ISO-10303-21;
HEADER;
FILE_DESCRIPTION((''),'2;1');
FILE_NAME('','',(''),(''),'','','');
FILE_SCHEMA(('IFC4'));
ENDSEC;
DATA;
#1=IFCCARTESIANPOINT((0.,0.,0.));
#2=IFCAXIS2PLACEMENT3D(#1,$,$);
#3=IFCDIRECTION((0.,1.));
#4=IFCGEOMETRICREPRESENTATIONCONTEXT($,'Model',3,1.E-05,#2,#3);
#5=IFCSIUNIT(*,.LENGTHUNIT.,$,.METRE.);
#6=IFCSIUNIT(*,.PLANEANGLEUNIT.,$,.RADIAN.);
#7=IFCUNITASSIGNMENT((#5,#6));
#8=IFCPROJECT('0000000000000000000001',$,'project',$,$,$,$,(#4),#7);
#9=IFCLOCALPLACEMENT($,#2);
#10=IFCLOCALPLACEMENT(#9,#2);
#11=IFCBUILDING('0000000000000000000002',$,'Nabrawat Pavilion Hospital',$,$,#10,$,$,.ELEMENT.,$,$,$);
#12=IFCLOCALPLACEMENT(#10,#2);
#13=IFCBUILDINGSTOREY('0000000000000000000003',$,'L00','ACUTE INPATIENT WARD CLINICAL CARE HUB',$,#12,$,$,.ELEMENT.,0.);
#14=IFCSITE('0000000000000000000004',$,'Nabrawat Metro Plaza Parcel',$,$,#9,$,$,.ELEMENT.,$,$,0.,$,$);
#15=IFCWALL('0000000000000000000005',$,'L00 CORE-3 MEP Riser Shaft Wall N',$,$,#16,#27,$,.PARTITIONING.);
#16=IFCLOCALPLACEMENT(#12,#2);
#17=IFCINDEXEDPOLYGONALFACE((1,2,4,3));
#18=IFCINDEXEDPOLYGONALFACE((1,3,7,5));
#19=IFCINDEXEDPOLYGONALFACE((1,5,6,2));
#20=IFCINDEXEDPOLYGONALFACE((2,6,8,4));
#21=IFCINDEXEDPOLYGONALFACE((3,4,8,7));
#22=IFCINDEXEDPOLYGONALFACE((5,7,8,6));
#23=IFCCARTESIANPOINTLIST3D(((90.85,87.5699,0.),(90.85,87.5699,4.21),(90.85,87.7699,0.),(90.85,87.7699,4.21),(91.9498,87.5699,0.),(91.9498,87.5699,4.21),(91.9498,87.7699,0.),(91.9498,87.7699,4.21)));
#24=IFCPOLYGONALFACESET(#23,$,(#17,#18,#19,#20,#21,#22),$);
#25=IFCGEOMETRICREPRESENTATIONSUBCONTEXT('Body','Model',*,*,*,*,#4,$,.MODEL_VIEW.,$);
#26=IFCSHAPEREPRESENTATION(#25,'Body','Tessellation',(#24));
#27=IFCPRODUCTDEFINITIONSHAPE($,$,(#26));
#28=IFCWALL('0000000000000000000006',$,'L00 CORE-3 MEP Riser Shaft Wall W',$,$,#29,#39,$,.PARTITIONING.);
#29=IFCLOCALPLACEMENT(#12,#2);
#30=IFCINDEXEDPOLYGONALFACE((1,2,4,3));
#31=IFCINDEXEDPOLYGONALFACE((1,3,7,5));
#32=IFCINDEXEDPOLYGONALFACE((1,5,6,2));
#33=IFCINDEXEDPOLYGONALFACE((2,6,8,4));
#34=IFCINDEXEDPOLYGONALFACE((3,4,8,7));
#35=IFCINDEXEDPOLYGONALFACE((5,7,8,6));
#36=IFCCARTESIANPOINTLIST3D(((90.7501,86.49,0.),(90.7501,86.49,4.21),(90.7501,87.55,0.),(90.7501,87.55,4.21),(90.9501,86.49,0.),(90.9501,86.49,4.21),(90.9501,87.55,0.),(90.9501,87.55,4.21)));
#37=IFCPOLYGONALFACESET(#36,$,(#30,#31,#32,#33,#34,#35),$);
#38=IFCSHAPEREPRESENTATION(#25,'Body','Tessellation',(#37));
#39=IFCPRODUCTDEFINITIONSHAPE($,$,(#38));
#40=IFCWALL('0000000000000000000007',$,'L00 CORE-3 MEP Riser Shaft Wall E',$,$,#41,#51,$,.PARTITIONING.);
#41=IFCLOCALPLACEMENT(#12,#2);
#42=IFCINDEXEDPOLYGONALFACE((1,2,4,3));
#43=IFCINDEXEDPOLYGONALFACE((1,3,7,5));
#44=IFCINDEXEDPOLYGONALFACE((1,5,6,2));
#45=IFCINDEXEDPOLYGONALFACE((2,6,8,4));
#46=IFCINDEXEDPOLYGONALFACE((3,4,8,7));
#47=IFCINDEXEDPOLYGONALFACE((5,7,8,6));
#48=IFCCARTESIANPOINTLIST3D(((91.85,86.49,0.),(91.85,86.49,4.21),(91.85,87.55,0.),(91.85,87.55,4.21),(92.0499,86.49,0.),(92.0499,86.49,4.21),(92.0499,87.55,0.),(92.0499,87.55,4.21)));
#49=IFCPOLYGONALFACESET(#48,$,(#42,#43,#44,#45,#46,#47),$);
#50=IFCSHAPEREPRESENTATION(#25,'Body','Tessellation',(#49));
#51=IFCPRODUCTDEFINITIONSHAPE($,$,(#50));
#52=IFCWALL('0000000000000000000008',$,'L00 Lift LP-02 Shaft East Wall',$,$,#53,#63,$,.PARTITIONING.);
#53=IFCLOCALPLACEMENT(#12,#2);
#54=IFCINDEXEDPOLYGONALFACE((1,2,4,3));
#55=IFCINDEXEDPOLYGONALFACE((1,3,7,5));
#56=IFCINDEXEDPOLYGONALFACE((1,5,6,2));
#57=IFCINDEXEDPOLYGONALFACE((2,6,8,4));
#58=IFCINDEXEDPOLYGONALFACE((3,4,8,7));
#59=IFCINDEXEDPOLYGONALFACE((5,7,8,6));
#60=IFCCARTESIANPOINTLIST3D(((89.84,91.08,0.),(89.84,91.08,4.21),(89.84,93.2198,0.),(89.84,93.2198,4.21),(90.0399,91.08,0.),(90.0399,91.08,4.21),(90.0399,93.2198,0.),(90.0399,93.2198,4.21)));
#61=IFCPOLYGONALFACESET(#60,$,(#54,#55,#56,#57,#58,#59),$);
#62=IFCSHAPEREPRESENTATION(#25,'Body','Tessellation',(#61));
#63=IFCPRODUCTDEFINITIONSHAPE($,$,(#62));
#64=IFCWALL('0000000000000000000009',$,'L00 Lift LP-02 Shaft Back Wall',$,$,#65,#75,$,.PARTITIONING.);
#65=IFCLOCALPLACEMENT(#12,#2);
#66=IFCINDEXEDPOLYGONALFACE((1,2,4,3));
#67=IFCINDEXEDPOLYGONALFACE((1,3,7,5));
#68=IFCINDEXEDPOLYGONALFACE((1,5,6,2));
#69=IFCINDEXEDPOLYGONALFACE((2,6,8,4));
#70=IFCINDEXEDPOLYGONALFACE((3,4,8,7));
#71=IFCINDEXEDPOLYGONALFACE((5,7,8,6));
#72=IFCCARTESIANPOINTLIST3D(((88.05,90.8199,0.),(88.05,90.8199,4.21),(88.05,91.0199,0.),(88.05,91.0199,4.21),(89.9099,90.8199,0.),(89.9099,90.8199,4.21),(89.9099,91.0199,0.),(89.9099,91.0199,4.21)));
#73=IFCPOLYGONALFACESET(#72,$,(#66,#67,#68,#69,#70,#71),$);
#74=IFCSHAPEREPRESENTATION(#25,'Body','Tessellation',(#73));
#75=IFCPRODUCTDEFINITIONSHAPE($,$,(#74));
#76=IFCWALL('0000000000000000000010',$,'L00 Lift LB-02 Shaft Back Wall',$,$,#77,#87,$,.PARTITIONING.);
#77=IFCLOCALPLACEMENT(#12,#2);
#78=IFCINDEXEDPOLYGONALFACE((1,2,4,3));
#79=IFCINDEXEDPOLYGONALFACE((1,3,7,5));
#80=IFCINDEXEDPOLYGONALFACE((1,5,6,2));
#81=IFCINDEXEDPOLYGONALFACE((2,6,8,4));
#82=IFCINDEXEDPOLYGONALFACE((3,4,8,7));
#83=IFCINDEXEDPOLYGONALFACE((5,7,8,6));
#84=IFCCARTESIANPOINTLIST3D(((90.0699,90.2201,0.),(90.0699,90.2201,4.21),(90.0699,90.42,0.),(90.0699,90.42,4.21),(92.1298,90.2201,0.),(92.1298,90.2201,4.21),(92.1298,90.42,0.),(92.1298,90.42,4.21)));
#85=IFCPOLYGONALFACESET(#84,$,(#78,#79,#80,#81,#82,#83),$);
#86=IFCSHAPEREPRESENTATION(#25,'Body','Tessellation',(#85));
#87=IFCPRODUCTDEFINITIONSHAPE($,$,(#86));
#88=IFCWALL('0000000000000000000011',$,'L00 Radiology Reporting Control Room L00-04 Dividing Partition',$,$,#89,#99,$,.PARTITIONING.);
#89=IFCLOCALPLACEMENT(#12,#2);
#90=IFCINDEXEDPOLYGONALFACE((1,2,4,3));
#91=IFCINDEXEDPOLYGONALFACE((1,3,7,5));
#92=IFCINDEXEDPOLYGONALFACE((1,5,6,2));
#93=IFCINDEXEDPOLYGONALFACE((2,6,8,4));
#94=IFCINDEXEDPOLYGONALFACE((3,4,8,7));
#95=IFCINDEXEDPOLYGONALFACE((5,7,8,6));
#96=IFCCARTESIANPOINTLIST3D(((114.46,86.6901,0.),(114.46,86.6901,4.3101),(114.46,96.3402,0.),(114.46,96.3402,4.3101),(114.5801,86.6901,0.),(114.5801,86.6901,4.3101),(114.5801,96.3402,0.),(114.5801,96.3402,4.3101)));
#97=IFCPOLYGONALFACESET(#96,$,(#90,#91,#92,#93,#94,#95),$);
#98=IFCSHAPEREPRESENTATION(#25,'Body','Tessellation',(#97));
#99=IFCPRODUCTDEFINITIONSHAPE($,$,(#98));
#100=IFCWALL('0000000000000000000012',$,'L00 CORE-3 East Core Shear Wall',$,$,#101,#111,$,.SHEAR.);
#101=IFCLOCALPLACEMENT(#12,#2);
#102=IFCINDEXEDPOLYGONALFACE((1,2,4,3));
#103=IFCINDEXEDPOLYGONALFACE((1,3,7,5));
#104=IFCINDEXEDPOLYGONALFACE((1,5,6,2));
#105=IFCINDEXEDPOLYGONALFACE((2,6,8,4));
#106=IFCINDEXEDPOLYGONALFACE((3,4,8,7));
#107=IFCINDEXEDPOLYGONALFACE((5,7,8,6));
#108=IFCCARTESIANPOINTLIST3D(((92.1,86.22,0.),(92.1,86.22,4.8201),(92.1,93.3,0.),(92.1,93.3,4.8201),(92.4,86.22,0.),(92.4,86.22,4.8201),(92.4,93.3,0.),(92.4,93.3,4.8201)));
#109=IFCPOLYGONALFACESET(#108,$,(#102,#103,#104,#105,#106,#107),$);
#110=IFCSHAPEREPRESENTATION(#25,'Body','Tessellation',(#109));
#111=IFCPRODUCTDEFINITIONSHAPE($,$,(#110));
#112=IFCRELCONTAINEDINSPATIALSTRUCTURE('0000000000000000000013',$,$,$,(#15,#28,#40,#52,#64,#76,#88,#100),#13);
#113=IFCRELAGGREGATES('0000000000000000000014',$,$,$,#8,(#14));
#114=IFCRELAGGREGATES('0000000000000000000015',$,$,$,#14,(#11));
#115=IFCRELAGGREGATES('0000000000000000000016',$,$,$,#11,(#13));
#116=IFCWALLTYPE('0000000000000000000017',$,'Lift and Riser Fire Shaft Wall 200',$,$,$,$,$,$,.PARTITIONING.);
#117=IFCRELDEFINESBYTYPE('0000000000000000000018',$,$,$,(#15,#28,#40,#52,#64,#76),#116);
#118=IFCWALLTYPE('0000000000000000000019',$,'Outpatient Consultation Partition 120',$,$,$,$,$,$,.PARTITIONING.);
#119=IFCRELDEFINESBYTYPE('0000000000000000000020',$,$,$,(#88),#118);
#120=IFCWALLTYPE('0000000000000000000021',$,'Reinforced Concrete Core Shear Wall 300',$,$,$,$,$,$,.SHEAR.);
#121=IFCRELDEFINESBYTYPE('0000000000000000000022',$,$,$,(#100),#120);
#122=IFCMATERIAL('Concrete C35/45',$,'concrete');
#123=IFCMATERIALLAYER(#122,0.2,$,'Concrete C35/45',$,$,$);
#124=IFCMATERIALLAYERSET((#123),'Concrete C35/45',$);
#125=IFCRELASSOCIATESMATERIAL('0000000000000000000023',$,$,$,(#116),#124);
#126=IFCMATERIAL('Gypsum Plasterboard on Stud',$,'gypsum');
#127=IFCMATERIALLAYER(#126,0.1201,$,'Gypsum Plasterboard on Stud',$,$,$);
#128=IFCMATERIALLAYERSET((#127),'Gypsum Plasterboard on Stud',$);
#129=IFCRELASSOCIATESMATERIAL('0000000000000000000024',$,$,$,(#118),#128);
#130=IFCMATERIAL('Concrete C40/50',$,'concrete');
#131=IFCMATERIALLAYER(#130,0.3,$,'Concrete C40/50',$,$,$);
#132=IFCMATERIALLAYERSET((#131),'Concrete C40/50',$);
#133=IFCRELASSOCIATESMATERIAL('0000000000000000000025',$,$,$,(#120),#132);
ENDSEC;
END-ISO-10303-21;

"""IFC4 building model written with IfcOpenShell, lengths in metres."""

from ifc_helpers import new_model, si_unit, direction, frame, frame_2d, origin, place, context, subcontext, project, spatial, rectangle, extrude, material, layer, layer_set, type_object, element, save


model = new_model("IFC4")

# Units and contexts
model_context = context("Model", 3, precision=1e-05, world=origin(), true_north=direction((0.0, 1.0)))
body_context = subcontext(model_context, "Body", "Model", "MODEL_VIEW")
ifc_project = project(units=[si_unit("LENGTHUNIT", "METRE"), si_unit("PLANEANGLEUNIT", "RADIAN")], contexts=[model_context])

# Site, building, storey
site_placement = place(None, origin())
site = spatial("IfcSite", under=ifc_project, at=site_placement, Name="Nabrawat Metro Plaza Parcel", CompositionType="ELEMENT", RefElevation=0.0)
building_placement = place(site_placement, origin())
building = spatial("IfcBuilding", under=site, at=building_placement, Name="Nabrawat Pavilion Hospital", CompositionType="ELEMENT")
storey_placement = place(building_placement, origin())
storey = spatial("IfcBuildingStorey", under=building, at=storey_placement, Name="L00", Description="ACUTE INPATIENT WARD CLINICAL CARE HUB", CompositionType="ELEMENT", Elevation=0.0)

# Walls
ifc_material_1 = material(Name="Concrete C35/45", Category="concrete")
ifc_layer_1 = layer(ifc_material_1, 0.2, Name="Concrete C35/45")
ifc_layer_set_1 = layer_set([ifc_layer_1], Name="Concrete C35/45")
wall_type_1 = type_object("IfcWallType", Name="Lift and Riser Fire Shaft Wall 200", PredefinedType="PARTITIONING", material=ifc_layer_set_1)
for number, where, z_axis, x_axis, name in (
    (1, (90.8501, 87.6699, 0.0), (0.0, 0.0, 1.0), (1.0, 0.0, 0.0), "L00 CORE-3 MEP Riser Shaft Wall N"),
):
    element("IfcWall", number, at=place(storey_placement, frame(where, z_axis=z_axis, x_axis=x_axis)), inside=storey, type_object=wall_type_1, Name=name, PredefinedType="PARTITIONING", context=body_context, shape_type="SweptSolid", body=[
        extrude(rectangle(XDim=1.0999, YDim=0.2, at=frame_2d((0.5498, 0.0))), origin(), (0.0, 0.0, 1.0), 4.21),
    ])
for number, where, z_axis, x_axis, name in (
    (2, (90.8501, 86.49, 0.0), (0.0, 0.0, 1.0), (0.0, 1.0, 0.0), "L00 CORE-3 MEP Riser Shaft Wall W"),
    (3, (91.95, 86.49, 0.0), (0.0, 0.0, 1.0), (0.0, 1.0, 0.0), "L00 CORE-3 MEP Riser Shaft Wall E"),
):
    element("IfcWall", number, at=place(storey_placement, frame(where, z_axis=z_axis, x_axis=x_axis)), inside=storey, type_object=wall_type_1, Name=name, PredefinedType="PARTITIONING", context=body_context, shape_type="SweptSolid", body=[
        extrude(rectangle(XDim=1.0601, YDim=0.2, at=frame_2d((0.53, 0.0))), origin(), (0.0, 0.0, 1.0), 4.21),
    ])
wall_1_placement = place(storey_placement, frame((89.9399, 91.0801, 0.0), z_axis=(0.0, 0.0, 1.0), x_axis=(0.0, 1.0, 0.0)))
element("IfcWall", 4, at=wall_1_placement, inside=storey, type_object=wall_type_1, Name="L00 Lift LP-02 Shaft East Wall", PredefinedType="PARTITIONING", context=body_context, shape_type="SweptSolid", body=[
    extrude(rectangle(XDim=2.1399, YDim=0.2, at=frame_2d((1.0698, 0.0))), origin(), (0.0, 0.0, 1.0), 4.21),
])
wall_2_placement = place(storey_placement, frame((88.05, 90.9199, 0.0), z_axis=(0.0, 0.0, 1.0), x_axis=(1.0, 0.0, 0.0)))
element("IfcWall", 5, at=wall_2_placement, inside=storey, type_object=wall_type_1, Name="L00 Lift LP-02 Shaft Back Wall", PredefinedType="PARTITIONING", context=body_context, shape_type="SweptSolid", body=[
    extrude(rectangle(XDim=1.8599, YDim=0.2, at=frame_2d((0.9299, 0.0))), origin(), (0.0, 0.0, 1.0), 4.21),
])
wall_3_placement = place(storey_placement, frame((90.0701, 90.3201, 0.0), z_axis=(0.0, 0.0, 1.0), x_axis=(1.0, 0.0, 0.0)))
element("IfcWall", 6, at=wall_3_placement, inside=storey, type_object=wall_type_1, Name="L00 Lift LB-02 Shaft Back Wall", PredefinedType="PARTITIONING", context=body_context, shape_type="SweptSolid", body=[
    extrude(rectangle(XDim=2.0598, YDim=0.2, at=frame_2d((1.0298, 0.0))), origin(), (0.0, 0.0, 1.0), 4.21),
])
ifc_material_2 = material(Name="Gypsum Plasterboard on Stud", Category="gypsum")
ifc_layer_2 = layer(ifc_material_2, 0.1201, Name="Gypsum Plasterboard on Stud")
ifc_layer_set_2 = layer_set([ifc_layer_2], Name="Gypsum Plasterboard on Stud")
wall_type_2 = type_object("IfcWallType", Name="Outpatient Consultation Partition 120", PredefinedType="PARTITIONING", material=ifc_layer_set_2)
wall_4_placement = place(storey_placement, frame((114.52, 86.6899, 0.0), z_axis=(0.0, 0.0, 1.0), x_axis=(0.0, 1.0, 0.0)))
element("IfcWall", 7, at=wall_4_placement, inside=storey, type_object=wall_type_2, Name="L00 Radiology Reporting Control Room L00-04 Dividing Partition", PredefinedType="PARTITIONING", context=body_context, shape_type="SweptSolid", body=[
    extrude(rectangle(XDim=9.6501, YDim=0.1201, at=frame_2d((4.8252, 0.0))), origin(), (0.0, 0.0, 1.0), 4.3101),
])
ifc_material_3 = material(Name="Concrete C40/50", Category="concrete")
ifc_layer_3 = layer(ifc_material_3, 0.3, Name="Concrete C40/50")
ifc_layer_set_3 = layer_set([ifc_layer_3], Name="Concrete C40/50")
wall_type_3 = type_object("IfcWallType", Name="Reinforced Concrete Core Shear Wall 300", PredefinedType="SHEAR", material=ifc_layer_set_3)
wall_5_placement = place(storey_placement, frame((92.25, 86.22, 0.0), z_axis=(0.0, 0.0, 1.0), x_axis=(0.0, 1.0, 0.0)))
element("IfcWall", 8, at=wall_5_placement, inside=storey, type_object=wall_type_3, Name="L00 CORE-3 East Core Shear Wall", PredefinedType="SHEAR", context=body_context, shape_type="SweptSolid", body=[
    extrude(rectangle(XDim=7.0801, YDim=0.3, at=frame_2d((3.54, 0.0))), origin(), (0.0, 0.0, 1.0), 4.8201),
])

save(model, "model.ifc")
